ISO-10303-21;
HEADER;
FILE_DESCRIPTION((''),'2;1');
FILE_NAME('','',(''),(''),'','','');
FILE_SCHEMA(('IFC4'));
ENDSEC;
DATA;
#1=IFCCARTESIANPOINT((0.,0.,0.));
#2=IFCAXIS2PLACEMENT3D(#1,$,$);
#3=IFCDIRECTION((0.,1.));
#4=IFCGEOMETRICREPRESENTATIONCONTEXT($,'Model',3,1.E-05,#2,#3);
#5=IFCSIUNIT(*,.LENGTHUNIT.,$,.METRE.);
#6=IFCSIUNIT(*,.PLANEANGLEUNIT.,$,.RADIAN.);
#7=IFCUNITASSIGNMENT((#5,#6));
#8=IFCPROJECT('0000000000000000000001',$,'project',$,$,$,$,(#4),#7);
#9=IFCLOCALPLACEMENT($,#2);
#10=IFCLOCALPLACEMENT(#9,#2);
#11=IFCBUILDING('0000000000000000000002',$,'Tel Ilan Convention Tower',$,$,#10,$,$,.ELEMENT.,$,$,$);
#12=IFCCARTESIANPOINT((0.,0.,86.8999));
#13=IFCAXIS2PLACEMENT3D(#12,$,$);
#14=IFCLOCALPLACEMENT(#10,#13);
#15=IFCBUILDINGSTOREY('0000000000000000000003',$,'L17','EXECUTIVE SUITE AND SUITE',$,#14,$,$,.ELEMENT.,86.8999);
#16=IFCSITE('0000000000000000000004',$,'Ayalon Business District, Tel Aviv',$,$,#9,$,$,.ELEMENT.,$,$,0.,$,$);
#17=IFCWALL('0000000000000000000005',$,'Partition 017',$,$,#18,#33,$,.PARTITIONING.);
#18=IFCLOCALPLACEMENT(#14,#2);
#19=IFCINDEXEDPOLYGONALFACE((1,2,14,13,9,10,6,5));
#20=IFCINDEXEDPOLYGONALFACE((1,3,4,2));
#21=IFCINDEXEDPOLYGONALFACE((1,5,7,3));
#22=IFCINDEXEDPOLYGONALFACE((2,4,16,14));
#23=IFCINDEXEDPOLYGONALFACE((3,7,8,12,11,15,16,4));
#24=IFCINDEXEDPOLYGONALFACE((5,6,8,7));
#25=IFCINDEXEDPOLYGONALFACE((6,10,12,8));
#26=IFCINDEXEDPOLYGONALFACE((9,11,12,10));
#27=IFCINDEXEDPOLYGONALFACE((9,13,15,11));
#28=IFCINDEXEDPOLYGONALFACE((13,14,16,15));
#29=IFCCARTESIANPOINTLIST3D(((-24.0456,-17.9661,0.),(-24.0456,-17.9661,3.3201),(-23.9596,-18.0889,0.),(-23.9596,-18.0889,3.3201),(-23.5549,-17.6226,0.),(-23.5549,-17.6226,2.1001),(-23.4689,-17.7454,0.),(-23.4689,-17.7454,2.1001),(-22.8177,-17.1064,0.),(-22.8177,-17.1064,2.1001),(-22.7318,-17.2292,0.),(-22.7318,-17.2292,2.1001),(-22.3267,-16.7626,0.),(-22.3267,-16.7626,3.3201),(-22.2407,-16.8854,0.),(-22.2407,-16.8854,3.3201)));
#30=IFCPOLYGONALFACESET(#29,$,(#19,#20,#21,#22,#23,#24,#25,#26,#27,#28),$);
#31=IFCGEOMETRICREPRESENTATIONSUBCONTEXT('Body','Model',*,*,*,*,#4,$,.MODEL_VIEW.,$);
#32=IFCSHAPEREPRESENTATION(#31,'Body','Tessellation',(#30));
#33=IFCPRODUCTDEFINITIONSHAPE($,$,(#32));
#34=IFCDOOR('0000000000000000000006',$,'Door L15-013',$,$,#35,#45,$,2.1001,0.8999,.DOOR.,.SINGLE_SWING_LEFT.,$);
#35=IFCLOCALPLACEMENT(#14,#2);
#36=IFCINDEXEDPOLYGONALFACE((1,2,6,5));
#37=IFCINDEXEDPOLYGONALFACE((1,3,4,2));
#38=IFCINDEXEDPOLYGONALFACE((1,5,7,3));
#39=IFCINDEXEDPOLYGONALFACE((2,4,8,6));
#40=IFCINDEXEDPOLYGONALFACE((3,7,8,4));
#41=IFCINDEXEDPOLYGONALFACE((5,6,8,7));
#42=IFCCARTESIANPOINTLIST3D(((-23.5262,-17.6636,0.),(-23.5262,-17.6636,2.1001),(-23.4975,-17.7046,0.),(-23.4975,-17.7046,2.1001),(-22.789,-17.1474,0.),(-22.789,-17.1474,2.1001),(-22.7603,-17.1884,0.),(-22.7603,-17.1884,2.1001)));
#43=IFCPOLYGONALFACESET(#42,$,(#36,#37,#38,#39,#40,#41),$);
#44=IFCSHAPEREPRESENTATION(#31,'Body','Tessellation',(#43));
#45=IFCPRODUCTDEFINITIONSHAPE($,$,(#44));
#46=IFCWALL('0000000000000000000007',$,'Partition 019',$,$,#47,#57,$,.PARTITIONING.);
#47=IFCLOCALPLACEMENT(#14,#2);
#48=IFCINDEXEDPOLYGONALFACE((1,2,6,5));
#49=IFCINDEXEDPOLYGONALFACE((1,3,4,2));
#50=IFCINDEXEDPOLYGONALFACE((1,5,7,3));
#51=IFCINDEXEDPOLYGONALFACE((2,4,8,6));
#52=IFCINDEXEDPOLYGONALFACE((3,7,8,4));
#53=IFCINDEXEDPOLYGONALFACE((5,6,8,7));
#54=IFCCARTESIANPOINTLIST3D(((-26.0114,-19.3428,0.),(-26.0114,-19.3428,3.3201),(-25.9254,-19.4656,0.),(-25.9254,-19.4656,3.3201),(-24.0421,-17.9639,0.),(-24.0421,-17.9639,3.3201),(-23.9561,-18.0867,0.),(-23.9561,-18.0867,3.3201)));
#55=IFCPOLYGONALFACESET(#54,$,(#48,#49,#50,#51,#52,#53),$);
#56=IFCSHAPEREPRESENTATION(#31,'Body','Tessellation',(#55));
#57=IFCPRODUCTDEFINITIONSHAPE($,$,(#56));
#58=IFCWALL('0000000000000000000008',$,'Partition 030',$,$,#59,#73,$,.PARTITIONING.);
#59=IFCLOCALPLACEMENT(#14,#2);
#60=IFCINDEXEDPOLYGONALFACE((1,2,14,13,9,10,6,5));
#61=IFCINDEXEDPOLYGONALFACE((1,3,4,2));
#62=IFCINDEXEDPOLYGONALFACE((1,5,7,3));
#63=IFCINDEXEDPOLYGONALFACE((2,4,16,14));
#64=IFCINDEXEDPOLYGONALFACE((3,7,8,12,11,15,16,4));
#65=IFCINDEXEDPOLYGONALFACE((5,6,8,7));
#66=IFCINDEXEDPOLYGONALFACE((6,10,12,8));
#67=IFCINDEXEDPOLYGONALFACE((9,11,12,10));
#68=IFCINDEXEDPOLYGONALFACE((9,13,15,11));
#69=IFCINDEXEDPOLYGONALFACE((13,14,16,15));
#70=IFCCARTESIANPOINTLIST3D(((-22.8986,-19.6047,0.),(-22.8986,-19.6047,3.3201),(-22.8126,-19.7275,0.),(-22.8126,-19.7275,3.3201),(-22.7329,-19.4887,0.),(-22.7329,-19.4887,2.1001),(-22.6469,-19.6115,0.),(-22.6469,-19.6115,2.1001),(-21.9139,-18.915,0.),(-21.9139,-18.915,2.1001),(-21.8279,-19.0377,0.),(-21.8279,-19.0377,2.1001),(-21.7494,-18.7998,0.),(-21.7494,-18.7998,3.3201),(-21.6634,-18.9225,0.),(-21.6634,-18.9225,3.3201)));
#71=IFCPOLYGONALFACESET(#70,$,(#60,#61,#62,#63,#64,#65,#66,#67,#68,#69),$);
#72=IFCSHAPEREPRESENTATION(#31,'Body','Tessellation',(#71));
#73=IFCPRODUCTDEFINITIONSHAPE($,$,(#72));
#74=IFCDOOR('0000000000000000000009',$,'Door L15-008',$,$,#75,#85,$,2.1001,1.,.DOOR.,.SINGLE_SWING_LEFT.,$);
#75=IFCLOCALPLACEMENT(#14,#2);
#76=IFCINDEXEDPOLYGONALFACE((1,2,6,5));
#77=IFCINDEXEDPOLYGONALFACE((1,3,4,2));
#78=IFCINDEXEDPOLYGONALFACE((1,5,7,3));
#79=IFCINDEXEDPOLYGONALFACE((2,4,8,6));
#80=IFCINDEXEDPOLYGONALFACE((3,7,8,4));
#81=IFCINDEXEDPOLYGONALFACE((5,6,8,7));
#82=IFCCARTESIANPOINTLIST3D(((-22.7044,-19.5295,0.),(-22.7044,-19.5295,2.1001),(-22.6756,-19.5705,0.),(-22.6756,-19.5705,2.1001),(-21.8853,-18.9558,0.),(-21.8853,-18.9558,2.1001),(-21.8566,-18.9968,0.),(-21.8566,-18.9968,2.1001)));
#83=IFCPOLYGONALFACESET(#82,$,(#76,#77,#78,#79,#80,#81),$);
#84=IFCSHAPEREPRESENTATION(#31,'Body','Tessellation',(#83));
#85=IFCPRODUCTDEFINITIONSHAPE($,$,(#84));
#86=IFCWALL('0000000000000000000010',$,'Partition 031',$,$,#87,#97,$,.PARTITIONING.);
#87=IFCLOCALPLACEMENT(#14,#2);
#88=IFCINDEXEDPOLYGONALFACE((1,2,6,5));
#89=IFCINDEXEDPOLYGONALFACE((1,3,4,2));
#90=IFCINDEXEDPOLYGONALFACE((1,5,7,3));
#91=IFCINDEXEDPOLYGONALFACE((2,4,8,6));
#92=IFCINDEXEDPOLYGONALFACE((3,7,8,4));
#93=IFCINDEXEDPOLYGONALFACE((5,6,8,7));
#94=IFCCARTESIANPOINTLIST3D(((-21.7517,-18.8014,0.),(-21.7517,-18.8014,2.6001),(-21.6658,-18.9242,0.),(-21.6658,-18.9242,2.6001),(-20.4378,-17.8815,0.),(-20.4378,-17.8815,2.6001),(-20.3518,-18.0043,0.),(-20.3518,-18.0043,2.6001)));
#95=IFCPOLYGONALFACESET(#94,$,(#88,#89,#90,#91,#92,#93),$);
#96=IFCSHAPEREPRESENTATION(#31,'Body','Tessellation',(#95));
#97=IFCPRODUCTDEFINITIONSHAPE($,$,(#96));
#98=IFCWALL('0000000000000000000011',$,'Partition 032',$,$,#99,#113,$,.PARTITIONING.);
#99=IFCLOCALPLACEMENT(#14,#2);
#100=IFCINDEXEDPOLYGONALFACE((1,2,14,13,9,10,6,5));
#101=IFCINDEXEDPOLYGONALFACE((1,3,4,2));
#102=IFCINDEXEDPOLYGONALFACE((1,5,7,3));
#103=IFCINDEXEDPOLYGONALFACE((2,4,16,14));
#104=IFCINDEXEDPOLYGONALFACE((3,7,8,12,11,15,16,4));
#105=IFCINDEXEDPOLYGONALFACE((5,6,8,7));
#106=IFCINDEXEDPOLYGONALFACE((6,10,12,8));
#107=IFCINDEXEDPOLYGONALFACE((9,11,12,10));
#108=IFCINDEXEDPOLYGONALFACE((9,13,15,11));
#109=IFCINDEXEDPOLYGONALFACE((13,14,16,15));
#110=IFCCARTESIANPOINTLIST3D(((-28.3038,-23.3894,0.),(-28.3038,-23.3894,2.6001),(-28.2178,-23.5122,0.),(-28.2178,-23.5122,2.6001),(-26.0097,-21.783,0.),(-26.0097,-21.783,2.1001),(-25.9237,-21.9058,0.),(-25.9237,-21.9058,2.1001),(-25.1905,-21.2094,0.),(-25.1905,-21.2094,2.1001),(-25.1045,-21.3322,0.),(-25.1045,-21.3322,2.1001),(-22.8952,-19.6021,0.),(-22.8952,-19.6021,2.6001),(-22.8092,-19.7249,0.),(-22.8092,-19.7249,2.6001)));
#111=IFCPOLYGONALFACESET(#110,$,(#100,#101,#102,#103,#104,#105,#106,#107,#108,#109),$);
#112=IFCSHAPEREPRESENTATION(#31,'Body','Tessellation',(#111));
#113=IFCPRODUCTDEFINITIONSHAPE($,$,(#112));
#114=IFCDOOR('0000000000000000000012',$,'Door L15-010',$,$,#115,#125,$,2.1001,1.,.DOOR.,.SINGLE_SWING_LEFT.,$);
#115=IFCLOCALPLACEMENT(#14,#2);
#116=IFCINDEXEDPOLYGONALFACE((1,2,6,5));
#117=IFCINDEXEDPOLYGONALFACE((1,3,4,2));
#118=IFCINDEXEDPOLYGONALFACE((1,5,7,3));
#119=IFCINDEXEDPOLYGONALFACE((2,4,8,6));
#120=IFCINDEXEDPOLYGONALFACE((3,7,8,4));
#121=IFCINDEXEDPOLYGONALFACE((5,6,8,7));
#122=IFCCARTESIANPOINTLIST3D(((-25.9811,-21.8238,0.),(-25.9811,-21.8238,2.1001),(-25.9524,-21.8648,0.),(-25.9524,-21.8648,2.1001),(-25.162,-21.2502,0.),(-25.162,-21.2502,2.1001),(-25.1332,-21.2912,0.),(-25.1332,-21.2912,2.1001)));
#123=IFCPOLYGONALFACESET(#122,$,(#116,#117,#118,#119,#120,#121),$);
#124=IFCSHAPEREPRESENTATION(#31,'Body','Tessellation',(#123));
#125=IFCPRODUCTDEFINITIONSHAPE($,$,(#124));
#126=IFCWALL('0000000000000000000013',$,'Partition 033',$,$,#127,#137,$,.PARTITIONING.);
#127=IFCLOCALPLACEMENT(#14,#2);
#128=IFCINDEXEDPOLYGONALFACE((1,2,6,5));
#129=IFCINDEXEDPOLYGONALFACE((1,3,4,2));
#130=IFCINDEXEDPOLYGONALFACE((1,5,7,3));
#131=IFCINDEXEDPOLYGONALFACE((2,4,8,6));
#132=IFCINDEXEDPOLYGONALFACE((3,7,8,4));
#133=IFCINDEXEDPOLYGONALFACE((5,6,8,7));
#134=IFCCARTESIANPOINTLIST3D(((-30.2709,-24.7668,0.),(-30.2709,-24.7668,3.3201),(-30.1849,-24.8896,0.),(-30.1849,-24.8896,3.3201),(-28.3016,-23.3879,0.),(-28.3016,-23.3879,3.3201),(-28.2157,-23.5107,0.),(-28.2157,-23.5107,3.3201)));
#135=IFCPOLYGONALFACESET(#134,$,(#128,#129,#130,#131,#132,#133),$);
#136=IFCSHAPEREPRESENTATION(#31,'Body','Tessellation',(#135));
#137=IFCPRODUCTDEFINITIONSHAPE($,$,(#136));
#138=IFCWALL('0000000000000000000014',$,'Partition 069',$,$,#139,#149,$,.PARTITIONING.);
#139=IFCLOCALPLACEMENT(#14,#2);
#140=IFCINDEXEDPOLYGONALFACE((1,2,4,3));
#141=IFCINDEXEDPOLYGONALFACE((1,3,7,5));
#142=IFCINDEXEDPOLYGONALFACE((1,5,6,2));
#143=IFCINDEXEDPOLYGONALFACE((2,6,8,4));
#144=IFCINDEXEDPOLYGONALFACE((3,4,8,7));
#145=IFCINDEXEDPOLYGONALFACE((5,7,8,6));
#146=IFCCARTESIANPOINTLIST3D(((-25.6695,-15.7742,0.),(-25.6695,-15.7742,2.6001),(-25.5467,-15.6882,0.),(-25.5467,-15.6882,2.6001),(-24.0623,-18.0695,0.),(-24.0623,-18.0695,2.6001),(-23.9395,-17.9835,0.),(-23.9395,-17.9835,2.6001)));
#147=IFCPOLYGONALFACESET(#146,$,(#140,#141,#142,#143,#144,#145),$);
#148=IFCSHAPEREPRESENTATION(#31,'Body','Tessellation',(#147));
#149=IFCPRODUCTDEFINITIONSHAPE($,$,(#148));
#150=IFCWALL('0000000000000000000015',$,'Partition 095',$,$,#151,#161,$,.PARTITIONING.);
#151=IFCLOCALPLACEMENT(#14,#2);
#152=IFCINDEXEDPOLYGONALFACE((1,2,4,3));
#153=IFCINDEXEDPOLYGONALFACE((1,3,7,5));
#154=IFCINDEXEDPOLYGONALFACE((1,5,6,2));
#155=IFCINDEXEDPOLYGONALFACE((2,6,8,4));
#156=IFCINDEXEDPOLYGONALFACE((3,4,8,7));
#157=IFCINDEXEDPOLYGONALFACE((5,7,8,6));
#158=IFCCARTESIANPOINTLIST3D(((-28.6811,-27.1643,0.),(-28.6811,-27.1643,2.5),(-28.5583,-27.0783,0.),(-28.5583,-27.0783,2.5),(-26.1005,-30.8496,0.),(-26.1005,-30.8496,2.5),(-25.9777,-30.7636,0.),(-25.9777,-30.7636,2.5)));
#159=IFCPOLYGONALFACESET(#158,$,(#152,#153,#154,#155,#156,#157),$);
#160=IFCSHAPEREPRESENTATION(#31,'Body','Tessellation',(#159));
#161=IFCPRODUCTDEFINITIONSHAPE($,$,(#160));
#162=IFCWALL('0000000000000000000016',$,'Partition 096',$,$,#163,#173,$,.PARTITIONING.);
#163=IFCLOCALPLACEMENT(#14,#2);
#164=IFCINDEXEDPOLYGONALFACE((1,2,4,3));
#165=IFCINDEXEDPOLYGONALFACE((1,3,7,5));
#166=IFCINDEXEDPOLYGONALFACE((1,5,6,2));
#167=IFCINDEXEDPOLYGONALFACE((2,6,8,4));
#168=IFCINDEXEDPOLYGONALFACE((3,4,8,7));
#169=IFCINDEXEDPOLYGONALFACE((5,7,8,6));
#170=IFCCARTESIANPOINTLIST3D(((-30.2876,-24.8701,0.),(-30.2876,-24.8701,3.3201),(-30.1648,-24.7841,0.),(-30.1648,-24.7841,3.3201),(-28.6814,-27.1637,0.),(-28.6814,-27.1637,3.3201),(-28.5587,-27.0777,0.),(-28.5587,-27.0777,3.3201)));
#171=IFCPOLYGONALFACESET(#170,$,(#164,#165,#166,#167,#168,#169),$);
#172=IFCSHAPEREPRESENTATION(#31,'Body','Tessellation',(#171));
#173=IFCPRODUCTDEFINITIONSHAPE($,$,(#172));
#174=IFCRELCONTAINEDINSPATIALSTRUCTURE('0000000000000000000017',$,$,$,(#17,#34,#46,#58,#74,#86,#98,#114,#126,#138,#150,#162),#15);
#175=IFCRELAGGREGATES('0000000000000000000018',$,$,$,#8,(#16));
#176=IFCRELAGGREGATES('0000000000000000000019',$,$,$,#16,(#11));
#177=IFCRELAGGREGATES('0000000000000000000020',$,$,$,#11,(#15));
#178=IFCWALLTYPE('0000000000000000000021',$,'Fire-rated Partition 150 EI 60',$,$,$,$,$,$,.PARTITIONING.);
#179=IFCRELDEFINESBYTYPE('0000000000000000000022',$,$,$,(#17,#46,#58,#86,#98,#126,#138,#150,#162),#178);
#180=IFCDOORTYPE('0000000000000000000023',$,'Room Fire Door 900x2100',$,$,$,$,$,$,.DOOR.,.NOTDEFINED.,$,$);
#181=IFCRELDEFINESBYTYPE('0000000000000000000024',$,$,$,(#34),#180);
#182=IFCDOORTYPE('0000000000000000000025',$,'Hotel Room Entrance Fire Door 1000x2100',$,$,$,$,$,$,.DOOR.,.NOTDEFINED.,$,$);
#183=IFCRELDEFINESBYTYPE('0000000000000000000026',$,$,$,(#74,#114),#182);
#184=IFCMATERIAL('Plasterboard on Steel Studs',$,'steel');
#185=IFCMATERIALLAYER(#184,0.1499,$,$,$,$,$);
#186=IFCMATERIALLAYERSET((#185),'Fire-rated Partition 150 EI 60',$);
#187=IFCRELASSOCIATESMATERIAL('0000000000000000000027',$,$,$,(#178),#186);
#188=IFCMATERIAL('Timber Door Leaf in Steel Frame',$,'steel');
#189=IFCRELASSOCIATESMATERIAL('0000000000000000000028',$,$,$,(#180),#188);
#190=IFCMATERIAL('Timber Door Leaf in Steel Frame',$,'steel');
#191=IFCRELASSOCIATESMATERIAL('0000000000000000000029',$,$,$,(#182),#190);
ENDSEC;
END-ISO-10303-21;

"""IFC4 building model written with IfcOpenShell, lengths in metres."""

from ifc_helpers import new_model, si_unit, direction, frame, frame_2d, origin, place, context, subcontext, project, spatial, rectangle, extrude, material, layer, layer_set, type_object, element, fill, save


model = new_model("IFC4")

# Units and contexts
model_context = context("Model", 3, precision=1e-05, world=origin(), true_north=direction((0.0, 1.0)))
body_context = subcontext(model_context, "Body", "Model", "MODEL_VIEW")
ifc_project = project(units=[si_unit("LENGTHUNIT", "METRE"), si_unit("PLANEANGLEUNIT", "RADIAN")], contexts=[model_context])

# Site, building, storey
site_placement = place(None, origin())
site = spatial("IfcSite", under=ifc_project, at=site_placement, Name="Ayalon Business District, Tel Aviv", CompositionType="ELEMENT", RefElevation=0.0)
building_placement = place(site_placement, origin())
building = spatial("IfcBuilding", under=site, at=building_placement, Name="Tel Ilan Convention Tower", CompositionType="ELEMENT")
storey_placement = place(building_placement, frame((0.0, 0.0, 86.8999)))
storey = spatial("IfcBuildingStorey", under=building, at=storey_placement, Name="L17", Description="EXECUTIVE SUITE AND SUITE", CompositionType="ELEMENT", Elevation=86.8999)

# Wall, opening, door
ifc_material_1 = material(Name="Plasterboard on Steel Studs", Category="steel")
ifc_layer_1 = layer(ifc_material_1, 0.1499)
ifc_layer_set_1 = layer_set([ifc_layer_1], Name="Fire-rated Partition 150 EI 60")
wall_type_1 = type_object("IfcWallType", Name="Fire-rated Partition 150 EI 60", PredefinedType="PARTITIONING", material=ifc_layer_set_1)
wall_1_placement = place(storey_placement, frame((-24.0027, -18.0276, 0.0), z_axis=(0.0, 0.0, 1.0), x_axis=(0.819161, 0.573564, 0.0)))
wall_1 = element("IfcWall", 1, at=wall_1_placement, inside=storey, type_object=wall_type_1, Name="Partition 017", PredefinedType="PARTITIONING", context=body_context, shape_type="SweptSolid", body=[
    extrude(rectangle(XDim=2.0984, YDim=0.1499, at=frame_2d((1.0493, 0.0))), origin(), (0.0, 0.0, 1.0), 3.3201),
])
opening_1_placement = place(wall_1_placement, frame((0.5991, 0.0, 0.0)))
opening_1 = element("IfcOpeningElement", 2, at=opening_1_placement, cuts=wall_1, PredefinedType="OPENING", context=body_context, shape_type="SweptSolid", body=[
    extrude(rectangle(XDim=0.8999, YDim=2.1001, at=frame_2d((0.45, 1.05))), frame((0.0, 0.085, 0.0), z_axis=(0.0, -1.0, 0.0), x_axis=(1.0, 0.0, 0.0)), (0.0, 0.0, 1.0), 0.1699),
])
ifc_material_2 = material(Name="Timber Door Leaf in Steel Frame", Category="steel")
door_type_1 = type_object("IfcDoorType", Name="Room Fire Door 900x2100", OperationType="NOTDEFINED", PredefinedType="DOOR", material=ifc_material_2)
door_1_placement = place(opening_1_placement, origin())
door_1 = element("IfcDoor", 3, at=door_1_placement, inside=storey, type_object=door_type_1, Name="Door L15-013", OperationType="SINGLE_SWING_LEFT", OverallHeight=2.1001, OverallWidth=0.8999, PredefinedType="DOOR", context=body_context, shape_type="SweptSolid", body=[
    extrude(rectangle(XDim=0.8999, YDim=2.1001, at=frame_2d((0.45, 1.05))), frame((0.0, 0.0249, 0.0), z_axis=(0.0, -1.0, 0.0), x_axis=(1.0, 0.0, 0.0)), (0.0, 0.0, 1.0), 0.05),
])
fill(opening_1, door_1)

# Wall
wall_2_placement = place(storey_placement, frame((-25.9685, -19.4043, 0.0), z_axis=(0.0, 0.0, 1.0), x_axis=(0.819146, 0.573585, 0.0)))
element("IfcWall", 4, at=wall_2_placement, inside=storey, type_object=wall_type_1, Name="Partition 019", PredefinedType="PARTITIONING", context=body_context, shape_type="SweptSolid", body=[
    extrude(rectangle(XDim=2.4041, YDim=0.1499, at=frame_2d((1.2021, 0.0))), origin(), (0.0, 0.0, 1.0), 3.3201),
])

# Wall, opening, door
wall_3_placement = place(storey_placement, frame((-21.7063, -18.8611, 0.0), z_axis=(0.0, 0.0, 1.0), x_axis=(-0.81906, -0.573708, 0.0)))
wall_3 = element("IfcWall", 5, at=wall_3_placement, inside=storey, type_object=wall_type_1, Name="Partition 030", PredefinedType="PARTITIONING", context=body_context, shape_type="SweptSolid", body=[
    extrude(rectangle(XDim=1.4031, YDim=0.1499, at=frame_2d((0.7017, 0.0))), origin(), (0.0, 0.0, 1.0), 3.3201),
])
opening_2_placement = place(wall_3_placement, frame((0.2009, 0.0, 0.0)))
opening_2 = element("IfcOpeningElement", 6, at=opening_2_placement, cuts=wall_3, PredefinedType="OPENING", context=body_context, shape_type="SweptSolid", body=[
    extrude(rectangle(XDim=1.0, YDim=2.1001, at=frame_2d((0.5, 1.05))), frame((0.0, 0.085, 0.0), z_axis=(0.0, -1.0, 0.0), x_axis=(1.0, 0.0, 0.0)), (0.0, 0.0, 1.0), 0.1699),
])
ifc_material_3 = material(Name="Timber Door Leaf in Steel Frame", Category="steel")
door_type_2 = type_object("IfcDoorType", Name="Hotel Room Entrance Fire Door 1000x2100", OperationType="NOTDEFINED", PredefinedType="DOOR", material=ifc_material_3)
door_2_placement = place(opening_2_placement, origin())
door_2 = element("IfcDoor", 7, at=door_2_placement, inside=storey, type_object=door_type_2, Name="Door L15-008", OperationType="SINGLE_SWING_LEFT", OverallHeight=2.1001, OverallWidth=1.0, PredefinedType="DOOR", context=body_context, shape_type="SweptSolid", body=[
    extrude(rectangle(XDim=1.0, YDim=2.1001, at=frame_2d((0.5, 1.05))), frame((0.0, 0.0249, 0.0), z_axis=(0.0, -1.0, 0.0), x_axis=(1.0, 0.0, 0.0)), (0.0, 0.0, 1.0), 0.05),
])
fill(opening_2, door_2)

# Wall
wall_4_placement = place(storey_placement, frame((-20.3948, -17.9429, 0.0), z_axis=(0.0, 0.0, 1.0), x_axis=(-0.819189, -0.573524, 0.0)))
element("IfcWall", 8, at=wall_4_placement, inside=storey, type_object=wall_type_1, Name="Partition 031", PredefinedType="PARTITIONING", context=body_context, shape_type="SweptSolid", body=[
    extrude(rectangle(XDim=1.604, YDim=0.1499, at=frame_2d((0.802, 0.0))), origin(), (0.0, 0.0, 1.0), 2.6001),
])

# Wall, opening, door
wall_5_placement = place(storey_placement, frame((-22.8523, -19.6636, 0.0), z_axis=(0.0, 0.0, 1.0), x_axis=(-0.819142, -0.573591, 0.0)))
wall_5 = element("IfcWall", 9, at=wall_5_placement, inside=storey, type_object=wall_type_1, Name="Partition 032", PredefinedType="PARTITIONING", context=body_context, shape_type="SweptSolid", body=[
    extrude(rectangle(XDim=6.6028, YDim=0.1499, at=frame_2d((3.3013, 0.0))), origin(), (0.0, 0.0, 1.0), 2.6001),
])
opening_3_placement = place(wall_5_placement, frame((2.802, 0.0, 0.0)))
opening_3 = element("IfcOpeningElement", 10, at=opening_3_placement, cuts=wall_5, PredefinedType="OPENING", context=body_context, shape_type="SweptSolid", body=[
    extrude(rectangle(XDim=1.0, YDim=2.1001, at=frame_2d((0.5, 1.05))), frame((0.0, 0.085, 0.0), z_axis=(0.0, -1.0, 0.0), x_axis=(1.0, 0.0, 0.0)), (0.0, 0.0, 1.0), 0.1699),
])
door_3_placement = place(opening_3_placement, origin())
door_3 = element("IfcDoor", 11, at=door_3_placement, inside=storey, type_object=door_type_2, Name="Door L15-010", OperationType="SINGLE_SWING_LEFT", OverallHeight=2.1001, OverallWidth=1.0, PredefinedType="DOOR", context=body_context, shape_type="SweptSolid", body=[
    extrude(rectangle(XDim=1.0, YDim=2.1001, at=frame_2d((0.5, 1.05))), frame((0.0, 0.0249, 0.0), z_axis=(0.0, -1.0, 0.0), x_axis=(1.0, 0.0, 0.0)), (0.0, 0.0, 1.0), 0.05),
])
fill(opening_3, door_3)

# Walls
wall_6_placement = place(storey_placement, frame((-28.2585, -23.4492, 0.0), z_axis=(0.0, 0.0, 1.0), x_axis=(-0.819146, -0.573585, 0.0)))
element("IfcWall", 12, at=wall_6_placement, inside=storey, type_object=wall_type_1, Name="Partition 033", PredefinedType="PARTITIONING", context=body_context, shape_type="SweptSolid", body=[
    extrude(rectangle(XDim=2.4041, YDim=0.1499, at=frame_2d((1.2021, 0.0))), origin(), (0.0, 0.0, 1.0), 3.3201),
])
wall_7_placement = place(storey_placement, frame((-24.001, -18.0264, 0.0), z_axis=(0.0, 0.0, 1.0), x_axis=(-0.573597, 0.819138, 0.0)))
element("IfcWall", 13, at=wall_7_placement, inside=storey, type_object=wall_type_1, Name="Partition 069", PredefinedType="PARTITIONING", context=body_context, shape_type="SweptSolid", body=[
    extrude(rectangle(XDim=2.802, YDim=0.1499, at=frame_2d((1.4009, 0.0))), origin(), (0.0, 0.0, 1.0), 2.6001),
])
wall_8_placement = place(storey_placement, frame((-26.0391, -30.8066, 0.0), z_axis=(0.0, 0.0, 1.0), x_axis=(-0.57359, 0.819143, 0.0)))
element("IfcWall", 14, at=wall_8_placement, inside=storey, type_object=wall_type_1, Name="Partition 095", PredefinedType="PARTITIONING", context=body_context, shape_type="SweptSolid", body=[
    extrude(rectangle(XDim=4.499, YDim=0.1499, at=frame_2d((2.2495, 0.0))), origin(), (0.0, 0.0, 1.0), 2.5),
])
wall_9_placement = place(storey_placement, frame((-28.6201, -27.1206, 0.0), z_axis=(0.0, 0.0, 1.0), x_axis=(-0.573609, 0.81913, 0.0)))
element("IfcWall", 15, at=wall_9_placement, inside=storey, type_object=wall_type_1, Name="Partition 096", PredefinedType="PARTITIONING", context=body_context, shape_type="SweptSolid", body=[
    extrude(rectangle(XDim=2.8, YDim=0.1499, at=frame_2d((1.3999, 0.0))), origin(), (0.0, 0.0, 1.0), 3.3201),
])

save(model, "model.ifc")
